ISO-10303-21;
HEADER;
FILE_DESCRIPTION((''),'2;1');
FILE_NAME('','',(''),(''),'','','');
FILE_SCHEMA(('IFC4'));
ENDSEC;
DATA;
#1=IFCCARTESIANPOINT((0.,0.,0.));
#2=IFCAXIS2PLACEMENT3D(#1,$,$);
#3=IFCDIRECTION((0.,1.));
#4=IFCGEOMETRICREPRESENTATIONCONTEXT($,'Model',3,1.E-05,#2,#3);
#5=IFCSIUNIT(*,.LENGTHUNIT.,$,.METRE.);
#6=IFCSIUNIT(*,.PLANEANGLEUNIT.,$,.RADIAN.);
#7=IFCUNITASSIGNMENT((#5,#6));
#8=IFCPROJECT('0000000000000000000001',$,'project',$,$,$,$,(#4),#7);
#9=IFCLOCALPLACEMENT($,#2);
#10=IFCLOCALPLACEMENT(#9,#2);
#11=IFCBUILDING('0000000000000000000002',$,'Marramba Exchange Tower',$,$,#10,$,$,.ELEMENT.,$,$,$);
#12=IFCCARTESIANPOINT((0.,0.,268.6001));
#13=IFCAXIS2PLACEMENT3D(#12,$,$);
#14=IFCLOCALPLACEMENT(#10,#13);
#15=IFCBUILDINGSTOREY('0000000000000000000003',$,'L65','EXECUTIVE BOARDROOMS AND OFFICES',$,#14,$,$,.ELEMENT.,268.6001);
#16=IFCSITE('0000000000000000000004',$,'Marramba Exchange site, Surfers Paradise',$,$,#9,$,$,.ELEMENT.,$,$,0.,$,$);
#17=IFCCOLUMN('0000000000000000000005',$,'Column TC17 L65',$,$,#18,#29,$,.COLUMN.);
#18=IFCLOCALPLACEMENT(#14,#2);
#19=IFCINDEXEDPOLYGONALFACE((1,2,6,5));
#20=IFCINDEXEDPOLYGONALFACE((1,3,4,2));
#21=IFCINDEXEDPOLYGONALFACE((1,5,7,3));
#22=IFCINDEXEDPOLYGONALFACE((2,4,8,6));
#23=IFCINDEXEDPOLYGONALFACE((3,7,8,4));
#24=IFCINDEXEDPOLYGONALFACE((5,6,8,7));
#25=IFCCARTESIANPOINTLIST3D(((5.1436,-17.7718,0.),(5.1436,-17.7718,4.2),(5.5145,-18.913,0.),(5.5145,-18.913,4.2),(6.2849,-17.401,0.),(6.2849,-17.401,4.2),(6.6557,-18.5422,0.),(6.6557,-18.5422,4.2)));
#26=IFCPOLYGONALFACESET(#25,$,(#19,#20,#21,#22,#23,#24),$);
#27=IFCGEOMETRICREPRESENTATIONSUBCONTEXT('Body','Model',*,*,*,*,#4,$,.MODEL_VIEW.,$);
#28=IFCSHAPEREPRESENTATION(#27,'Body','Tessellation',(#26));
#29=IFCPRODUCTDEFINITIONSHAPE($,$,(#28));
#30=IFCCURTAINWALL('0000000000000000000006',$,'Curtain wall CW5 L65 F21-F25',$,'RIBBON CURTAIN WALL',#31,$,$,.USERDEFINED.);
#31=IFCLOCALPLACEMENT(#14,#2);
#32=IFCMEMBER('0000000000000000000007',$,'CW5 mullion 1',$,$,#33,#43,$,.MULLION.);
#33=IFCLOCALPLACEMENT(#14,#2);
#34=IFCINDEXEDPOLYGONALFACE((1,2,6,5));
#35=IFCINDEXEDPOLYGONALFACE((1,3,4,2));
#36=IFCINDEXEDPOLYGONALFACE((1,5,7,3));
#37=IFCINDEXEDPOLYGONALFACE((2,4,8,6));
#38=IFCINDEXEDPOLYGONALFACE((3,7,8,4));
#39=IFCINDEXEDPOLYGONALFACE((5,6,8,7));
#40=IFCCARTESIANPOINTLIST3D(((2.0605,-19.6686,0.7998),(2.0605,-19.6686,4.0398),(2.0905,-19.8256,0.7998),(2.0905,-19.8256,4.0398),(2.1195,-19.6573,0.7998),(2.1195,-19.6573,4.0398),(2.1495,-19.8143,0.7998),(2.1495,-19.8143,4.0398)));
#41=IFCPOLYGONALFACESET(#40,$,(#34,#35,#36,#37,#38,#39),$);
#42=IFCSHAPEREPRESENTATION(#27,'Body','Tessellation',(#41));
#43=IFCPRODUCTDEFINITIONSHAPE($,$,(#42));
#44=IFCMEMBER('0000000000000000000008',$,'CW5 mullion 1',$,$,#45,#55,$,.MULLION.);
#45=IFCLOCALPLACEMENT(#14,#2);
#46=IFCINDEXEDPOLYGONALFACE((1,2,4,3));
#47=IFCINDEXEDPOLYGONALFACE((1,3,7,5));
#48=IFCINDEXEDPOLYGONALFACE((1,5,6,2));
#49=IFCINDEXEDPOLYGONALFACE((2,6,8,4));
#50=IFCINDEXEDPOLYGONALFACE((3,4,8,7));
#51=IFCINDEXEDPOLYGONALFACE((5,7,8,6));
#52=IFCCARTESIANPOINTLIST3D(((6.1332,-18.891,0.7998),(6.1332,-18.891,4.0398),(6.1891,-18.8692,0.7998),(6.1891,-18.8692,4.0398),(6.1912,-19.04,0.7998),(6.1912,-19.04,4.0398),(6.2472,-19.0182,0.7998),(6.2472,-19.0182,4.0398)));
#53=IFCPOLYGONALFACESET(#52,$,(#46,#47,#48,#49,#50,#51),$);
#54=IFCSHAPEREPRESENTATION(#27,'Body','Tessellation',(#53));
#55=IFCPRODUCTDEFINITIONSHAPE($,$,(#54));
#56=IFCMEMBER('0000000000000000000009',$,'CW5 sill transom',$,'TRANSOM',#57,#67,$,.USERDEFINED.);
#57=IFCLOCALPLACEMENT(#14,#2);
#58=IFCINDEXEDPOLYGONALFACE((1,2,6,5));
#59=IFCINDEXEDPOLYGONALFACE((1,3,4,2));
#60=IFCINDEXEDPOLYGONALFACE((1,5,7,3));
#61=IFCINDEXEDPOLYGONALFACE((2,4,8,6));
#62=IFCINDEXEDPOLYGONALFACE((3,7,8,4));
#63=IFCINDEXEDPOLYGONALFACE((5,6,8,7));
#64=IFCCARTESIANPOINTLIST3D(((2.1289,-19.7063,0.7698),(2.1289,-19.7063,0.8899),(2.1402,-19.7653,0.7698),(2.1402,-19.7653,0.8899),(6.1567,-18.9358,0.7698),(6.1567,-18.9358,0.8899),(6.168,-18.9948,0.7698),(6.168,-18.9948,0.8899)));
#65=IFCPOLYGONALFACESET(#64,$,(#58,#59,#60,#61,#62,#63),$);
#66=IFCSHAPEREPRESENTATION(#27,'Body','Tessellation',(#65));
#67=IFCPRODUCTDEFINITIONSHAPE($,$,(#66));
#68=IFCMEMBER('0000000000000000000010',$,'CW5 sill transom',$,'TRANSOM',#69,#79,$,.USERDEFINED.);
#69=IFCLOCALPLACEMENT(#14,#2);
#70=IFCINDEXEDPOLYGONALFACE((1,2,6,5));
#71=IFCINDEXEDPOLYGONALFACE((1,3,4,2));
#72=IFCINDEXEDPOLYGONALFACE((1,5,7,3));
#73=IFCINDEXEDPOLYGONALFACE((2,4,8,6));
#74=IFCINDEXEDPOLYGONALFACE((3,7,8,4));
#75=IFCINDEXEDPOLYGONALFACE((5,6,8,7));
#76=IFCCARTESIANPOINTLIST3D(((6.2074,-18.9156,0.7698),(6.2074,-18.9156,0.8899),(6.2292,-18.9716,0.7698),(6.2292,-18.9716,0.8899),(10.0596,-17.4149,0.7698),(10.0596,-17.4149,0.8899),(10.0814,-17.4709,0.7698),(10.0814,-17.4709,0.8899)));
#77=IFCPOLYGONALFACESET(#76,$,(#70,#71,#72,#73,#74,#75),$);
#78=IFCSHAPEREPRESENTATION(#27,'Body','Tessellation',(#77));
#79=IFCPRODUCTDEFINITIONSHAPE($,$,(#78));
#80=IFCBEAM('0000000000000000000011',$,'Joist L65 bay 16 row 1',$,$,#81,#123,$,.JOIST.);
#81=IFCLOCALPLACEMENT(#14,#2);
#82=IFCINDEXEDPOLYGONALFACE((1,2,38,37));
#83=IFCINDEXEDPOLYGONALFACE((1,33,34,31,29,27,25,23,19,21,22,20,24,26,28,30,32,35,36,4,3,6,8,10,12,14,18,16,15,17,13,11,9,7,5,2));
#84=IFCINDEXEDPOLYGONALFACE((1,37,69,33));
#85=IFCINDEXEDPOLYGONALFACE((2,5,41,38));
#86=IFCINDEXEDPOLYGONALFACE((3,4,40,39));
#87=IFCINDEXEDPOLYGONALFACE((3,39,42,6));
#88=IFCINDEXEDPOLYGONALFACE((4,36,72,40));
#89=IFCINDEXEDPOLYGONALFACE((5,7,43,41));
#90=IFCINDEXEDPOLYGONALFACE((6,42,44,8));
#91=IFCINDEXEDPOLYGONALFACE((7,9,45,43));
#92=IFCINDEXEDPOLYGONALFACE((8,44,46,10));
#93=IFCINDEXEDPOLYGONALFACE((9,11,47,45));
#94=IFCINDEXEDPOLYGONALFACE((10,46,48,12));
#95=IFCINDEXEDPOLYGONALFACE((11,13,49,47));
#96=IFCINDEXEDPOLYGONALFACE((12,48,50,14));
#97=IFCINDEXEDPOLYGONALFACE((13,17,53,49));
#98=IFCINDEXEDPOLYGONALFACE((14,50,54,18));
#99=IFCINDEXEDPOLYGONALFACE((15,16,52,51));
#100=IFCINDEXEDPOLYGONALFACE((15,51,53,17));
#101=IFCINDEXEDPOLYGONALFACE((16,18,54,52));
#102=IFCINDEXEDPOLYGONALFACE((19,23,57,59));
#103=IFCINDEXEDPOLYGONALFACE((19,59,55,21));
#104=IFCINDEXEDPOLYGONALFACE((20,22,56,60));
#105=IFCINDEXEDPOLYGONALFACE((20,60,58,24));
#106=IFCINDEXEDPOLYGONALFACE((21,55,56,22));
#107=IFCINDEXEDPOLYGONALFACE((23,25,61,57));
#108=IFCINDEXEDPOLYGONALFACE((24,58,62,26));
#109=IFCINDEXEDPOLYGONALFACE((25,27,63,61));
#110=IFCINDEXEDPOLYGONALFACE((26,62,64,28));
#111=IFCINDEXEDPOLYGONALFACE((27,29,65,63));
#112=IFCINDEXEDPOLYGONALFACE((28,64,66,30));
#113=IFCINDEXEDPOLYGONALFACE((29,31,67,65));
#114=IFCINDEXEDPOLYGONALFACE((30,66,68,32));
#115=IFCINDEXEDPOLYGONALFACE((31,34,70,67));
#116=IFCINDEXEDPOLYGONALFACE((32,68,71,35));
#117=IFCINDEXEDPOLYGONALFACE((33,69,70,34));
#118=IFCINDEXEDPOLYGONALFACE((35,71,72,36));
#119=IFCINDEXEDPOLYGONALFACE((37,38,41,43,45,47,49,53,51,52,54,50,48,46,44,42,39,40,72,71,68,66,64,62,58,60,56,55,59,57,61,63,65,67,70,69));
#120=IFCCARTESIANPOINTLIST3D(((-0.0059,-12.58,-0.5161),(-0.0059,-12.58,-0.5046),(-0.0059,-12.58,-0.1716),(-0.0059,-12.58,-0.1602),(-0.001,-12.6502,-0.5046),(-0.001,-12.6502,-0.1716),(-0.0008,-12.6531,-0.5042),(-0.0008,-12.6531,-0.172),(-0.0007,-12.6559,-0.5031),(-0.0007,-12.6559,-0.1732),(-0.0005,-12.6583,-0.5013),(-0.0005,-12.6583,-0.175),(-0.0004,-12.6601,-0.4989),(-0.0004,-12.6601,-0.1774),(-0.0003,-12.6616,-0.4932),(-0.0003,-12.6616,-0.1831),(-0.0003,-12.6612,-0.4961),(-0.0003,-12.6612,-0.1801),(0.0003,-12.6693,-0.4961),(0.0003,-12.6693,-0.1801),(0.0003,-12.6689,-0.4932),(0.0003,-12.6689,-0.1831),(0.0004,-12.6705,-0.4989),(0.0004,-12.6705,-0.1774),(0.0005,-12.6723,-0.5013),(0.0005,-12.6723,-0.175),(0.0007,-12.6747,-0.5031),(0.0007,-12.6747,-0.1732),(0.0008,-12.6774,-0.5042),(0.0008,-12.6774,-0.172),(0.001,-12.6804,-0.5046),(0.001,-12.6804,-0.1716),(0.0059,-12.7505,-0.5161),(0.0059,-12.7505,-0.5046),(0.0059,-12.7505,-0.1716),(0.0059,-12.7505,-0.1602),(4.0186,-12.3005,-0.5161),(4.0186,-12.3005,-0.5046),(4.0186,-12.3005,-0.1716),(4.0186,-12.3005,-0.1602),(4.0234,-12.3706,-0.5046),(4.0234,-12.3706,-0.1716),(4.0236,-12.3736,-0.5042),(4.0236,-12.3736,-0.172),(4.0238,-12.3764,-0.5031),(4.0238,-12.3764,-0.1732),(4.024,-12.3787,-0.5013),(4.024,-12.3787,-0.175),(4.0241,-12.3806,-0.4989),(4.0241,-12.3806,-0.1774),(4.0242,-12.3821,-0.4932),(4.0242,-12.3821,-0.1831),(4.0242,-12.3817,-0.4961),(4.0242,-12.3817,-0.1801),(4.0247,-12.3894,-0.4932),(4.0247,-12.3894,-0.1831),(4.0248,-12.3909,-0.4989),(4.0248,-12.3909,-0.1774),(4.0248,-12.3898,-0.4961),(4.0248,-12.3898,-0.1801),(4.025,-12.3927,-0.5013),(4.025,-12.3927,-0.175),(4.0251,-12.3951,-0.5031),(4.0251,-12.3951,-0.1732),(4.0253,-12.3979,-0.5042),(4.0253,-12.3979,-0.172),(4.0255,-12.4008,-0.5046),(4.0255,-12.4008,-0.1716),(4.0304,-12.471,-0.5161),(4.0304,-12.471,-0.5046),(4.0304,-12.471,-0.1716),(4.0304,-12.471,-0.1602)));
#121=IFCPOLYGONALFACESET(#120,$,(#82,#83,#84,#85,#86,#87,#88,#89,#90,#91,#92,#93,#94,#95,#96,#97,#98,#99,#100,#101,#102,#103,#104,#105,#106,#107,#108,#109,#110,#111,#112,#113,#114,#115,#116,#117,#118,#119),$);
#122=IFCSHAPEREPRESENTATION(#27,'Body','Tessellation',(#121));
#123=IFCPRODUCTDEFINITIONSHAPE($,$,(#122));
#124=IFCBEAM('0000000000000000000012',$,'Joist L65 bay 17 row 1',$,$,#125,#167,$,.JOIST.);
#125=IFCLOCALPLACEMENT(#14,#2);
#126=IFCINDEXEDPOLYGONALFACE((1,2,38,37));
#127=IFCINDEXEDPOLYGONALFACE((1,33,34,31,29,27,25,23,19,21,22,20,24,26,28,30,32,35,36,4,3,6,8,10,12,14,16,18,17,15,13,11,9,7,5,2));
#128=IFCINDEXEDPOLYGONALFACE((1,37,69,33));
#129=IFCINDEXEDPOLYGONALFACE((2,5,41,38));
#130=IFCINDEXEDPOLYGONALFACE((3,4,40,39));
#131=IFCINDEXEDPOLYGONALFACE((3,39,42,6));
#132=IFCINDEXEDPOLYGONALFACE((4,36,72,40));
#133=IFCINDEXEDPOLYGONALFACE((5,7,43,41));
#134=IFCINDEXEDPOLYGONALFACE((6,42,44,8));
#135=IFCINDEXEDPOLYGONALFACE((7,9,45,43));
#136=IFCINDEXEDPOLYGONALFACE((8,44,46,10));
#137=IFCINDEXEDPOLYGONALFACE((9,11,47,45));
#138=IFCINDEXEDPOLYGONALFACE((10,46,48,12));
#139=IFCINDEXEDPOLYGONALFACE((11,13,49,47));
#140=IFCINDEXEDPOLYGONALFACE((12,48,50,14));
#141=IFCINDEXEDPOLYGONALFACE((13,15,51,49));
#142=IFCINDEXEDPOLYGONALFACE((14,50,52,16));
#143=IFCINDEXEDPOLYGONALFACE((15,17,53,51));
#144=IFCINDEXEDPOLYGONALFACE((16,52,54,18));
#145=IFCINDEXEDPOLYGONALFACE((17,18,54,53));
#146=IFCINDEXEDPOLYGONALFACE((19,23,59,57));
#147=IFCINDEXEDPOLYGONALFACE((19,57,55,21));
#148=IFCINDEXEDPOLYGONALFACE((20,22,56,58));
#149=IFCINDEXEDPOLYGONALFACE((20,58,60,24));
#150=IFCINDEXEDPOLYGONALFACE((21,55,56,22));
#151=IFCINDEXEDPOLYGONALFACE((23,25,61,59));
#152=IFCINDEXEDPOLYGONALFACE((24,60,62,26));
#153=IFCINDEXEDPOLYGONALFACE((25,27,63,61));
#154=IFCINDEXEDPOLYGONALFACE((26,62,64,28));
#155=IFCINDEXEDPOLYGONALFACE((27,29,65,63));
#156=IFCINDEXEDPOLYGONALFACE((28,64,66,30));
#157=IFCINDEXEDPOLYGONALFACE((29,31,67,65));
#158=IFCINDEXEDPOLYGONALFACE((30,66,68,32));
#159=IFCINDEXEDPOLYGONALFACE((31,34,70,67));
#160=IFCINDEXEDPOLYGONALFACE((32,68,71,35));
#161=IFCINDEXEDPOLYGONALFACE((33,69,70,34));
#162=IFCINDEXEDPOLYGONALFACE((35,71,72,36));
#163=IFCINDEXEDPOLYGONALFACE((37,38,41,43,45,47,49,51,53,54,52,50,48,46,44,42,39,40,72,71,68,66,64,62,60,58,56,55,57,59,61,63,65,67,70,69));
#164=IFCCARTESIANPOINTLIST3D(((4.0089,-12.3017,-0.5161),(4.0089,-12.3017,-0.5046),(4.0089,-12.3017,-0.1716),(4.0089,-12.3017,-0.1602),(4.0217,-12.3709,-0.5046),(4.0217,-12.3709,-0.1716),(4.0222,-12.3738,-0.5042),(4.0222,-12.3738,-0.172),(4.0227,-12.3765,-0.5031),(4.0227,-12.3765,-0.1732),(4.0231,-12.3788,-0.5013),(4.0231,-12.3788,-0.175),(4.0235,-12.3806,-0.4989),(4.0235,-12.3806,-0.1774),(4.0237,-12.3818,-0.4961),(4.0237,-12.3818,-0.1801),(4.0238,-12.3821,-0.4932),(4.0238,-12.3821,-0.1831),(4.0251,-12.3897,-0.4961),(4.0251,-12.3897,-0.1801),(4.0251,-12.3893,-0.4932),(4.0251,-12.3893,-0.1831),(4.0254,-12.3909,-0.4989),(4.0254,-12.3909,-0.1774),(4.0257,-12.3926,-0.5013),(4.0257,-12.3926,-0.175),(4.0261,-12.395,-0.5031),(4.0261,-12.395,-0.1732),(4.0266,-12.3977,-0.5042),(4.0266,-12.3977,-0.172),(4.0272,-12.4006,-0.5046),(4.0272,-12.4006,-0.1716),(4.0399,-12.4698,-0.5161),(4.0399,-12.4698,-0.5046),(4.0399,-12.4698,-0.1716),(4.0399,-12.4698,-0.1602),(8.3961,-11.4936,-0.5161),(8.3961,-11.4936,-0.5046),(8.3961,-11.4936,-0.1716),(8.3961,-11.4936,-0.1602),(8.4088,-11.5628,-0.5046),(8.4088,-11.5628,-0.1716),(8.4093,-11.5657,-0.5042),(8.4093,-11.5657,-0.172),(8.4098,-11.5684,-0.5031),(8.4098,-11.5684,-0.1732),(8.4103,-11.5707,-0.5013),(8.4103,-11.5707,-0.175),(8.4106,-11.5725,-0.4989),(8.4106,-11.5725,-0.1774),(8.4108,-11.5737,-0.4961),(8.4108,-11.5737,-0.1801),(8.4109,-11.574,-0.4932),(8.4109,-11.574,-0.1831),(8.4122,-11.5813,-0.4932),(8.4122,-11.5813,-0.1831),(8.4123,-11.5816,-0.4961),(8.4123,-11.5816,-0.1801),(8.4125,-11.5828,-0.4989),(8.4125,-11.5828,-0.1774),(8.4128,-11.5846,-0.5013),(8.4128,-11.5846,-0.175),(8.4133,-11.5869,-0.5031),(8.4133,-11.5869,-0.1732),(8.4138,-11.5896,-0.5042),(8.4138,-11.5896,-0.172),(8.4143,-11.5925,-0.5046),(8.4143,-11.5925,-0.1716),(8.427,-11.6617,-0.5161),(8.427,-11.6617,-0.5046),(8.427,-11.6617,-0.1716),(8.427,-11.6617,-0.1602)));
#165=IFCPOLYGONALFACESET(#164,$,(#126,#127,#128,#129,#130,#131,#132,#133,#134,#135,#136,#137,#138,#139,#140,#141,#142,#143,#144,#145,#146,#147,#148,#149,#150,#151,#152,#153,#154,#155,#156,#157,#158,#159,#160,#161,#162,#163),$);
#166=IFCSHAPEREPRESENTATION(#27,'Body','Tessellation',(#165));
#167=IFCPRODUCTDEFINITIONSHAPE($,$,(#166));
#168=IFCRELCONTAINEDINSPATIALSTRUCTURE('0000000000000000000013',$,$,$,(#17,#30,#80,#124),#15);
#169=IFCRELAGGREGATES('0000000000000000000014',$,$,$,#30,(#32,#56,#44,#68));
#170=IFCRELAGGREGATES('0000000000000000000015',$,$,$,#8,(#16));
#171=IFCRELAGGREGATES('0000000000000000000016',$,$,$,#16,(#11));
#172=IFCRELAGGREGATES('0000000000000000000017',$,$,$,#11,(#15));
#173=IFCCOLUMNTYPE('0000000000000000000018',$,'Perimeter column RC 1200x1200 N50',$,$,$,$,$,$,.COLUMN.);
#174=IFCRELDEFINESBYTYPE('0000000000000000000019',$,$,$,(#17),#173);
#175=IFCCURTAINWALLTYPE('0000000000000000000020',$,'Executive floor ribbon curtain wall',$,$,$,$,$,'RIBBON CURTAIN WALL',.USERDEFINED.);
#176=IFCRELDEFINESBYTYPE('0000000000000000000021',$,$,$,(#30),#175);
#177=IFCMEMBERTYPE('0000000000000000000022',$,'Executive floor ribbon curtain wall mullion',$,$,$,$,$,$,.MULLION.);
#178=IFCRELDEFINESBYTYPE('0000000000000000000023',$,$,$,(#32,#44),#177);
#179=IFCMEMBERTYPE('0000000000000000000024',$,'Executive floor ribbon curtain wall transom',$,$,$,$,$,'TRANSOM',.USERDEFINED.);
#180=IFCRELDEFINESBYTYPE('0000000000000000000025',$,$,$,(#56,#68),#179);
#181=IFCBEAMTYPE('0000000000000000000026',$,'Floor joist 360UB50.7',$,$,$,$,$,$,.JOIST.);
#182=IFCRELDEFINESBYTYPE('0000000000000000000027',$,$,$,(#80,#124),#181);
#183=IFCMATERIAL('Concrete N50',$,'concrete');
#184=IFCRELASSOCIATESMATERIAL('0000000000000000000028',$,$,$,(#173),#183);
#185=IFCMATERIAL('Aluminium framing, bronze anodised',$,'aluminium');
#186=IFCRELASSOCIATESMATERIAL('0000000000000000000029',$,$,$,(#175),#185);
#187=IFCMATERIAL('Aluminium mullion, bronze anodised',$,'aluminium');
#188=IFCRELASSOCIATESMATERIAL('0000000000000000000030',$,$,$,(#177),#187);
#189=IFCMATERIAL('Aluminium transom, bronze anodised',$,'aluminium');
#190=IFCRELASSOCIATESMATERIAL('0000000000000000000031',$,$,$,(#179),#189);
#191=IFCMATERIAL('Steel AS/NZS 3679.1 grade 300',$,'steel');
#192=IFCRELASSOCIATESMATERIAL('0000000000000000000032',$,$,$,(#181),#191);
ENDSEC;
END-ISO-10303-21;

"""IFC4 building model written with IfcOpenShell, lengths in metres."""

from ifc_helpers import new_model, si_unit, direction, frame, origin, origin_2d, place, context, subcontext, project, spatial, rectangle, i_section, extrude, material, material_profile, profile_set, type_object, element, aggregate, save


model = new_model("IFC4")

# Units and contexts
model_context = context("Model", 3, precision=1e-05, world=origin(), true_north=direction((0.0, 1.0)))
body_context = subcontext(model_context, "Body", "Model", "MODEL_VIEW")
ifc_project = project(units=[si_unit("LENGTHUNIT", "METRE"), si_unit("PLANEANGLEUNIT", "RADIAN")], contexts=[model_context])

# Site, building, storey
site_placement = place(None, origin())
site = spatial("IfcSite", under=ifc_project, at=site_placement, Name="Marramba Exchange site, Surfers Paradise", CompositionType="ELEMENT", RefElevation=0.0)
building_placement = place(site_placement, origin())
building = spatial("IfcBuilding", under=site, at=building_placement, Name="Marramba Exchange Tower", CompositionType="ELEMENT")
storey_placement = place(building_placement, frame((0.0, 0.0, 268.6001)))
storey = spatial("IfcBuildingStorey", under=building, at=storey_placement, Name="L65", Description="EXECUTIVE BOARDROOMS AND OFFICES", CompositionType="ELEMENT", Elevation=268.6001)

# Column
ifc_material_1 = material(Name="Concrete N50", Category="concrete")
ifc_material_profile_1 = material_profile(ifc_material_1, rectangle(XDim=1.2, YDim=1.2, at=origin_2d()), Name="RC 1200x1200")
ifc_profile_set_1 = profile_set([ifc_material_profile_1], Name="Concrete N50")
column_type = type_object("IfcColumnType", Name="Perimeter column RC 1200x1200 N50", PredefinedType="COLUMN", material=ifc_profile_set_1)
column_placement = place(storey_placement, frame((5.8997, -18.157, 0.0), z_axis=(0.0, 0.0, 1.0), x_axis=(0.309017, -0.951057, 0.0)))
element("IfcColumn", 1, at=column_placement, inside=storey, type_object=column_type, Name="Column TC17 L65", PredefinedType="COLUMN", context=body_context, shape_type="SweptSolid", body=[
    extrude(rectangle(XDim=1.2, YDim=1.2, at=origin_2d()), origin(), (0.0, 0.0, 1.0), 4.2),
])

# Curtain wall, members
ifc_material_2 = material(Name="Aluminium framing, bronze anodised", Category="aluminium")
curtain_wall_type = type_object("IfcCurtainWallType", Name="Executive floor ribbon curtain wall", ElementType="RIBBON CURTAIN WALL", PredefinedType="USERDEFINED", material=ifc_material_2)
curtain_wall_placement = place(storey_placement, origin())
curtain_wall = element("IfcCurtainWall", 2, at=curtain_wall_placement, inside=storey, type_object=curtain_wall_type, Name="Curtain wall CW5 L65 F21-F25", ObjectType="RIBBON CURTAIN WALL", PredefinedType="USERDEFINED")
ifc_material_3 = material(Name="Aluminium mullion, bronze anodised", Category="aluminium")
ifc_material_profile_2 = material_profile(ifc_material_3, rectangle(XDim=0.1599, YDim=0.0601, at=origin_2d()), Name="CW5 mullion 60x160")
ifc_profile_set_2 = profile_set([ifc_material_profile_2], Name="Aluminium mullion, bronze anodised")
member_type_1 = type_object("IfcMemberType", Name="Executive floor ribbon curtain wall mullion", PredefinedType="MULLION", material=ifc_profile_set_2)
member_1_placement = place(storey_placement, frame((2.105, -19.7415, 0.7998), z_axis=(0.0, 0.0, 1.0), x_axis=(-0.187873, 0.982193, 0.0)))
member_1 = element("IfcMember", 3, at=member_1_placement, type_object=member_type_1, Name="CW5 mullion 1", PredefinedType="MULLION", context=body_context, shape_type="SweptSolid", body=[
    extrude(rectangle(XDim=0.1599, YDim=0.0601, at=origin_2d()), origin(), (0.0, 0.0, 1.0), 3.24),
])
member_2_placement = place(storey_placement, frame((6.1902, -18.9546, 0.7998), z_axis=(0.0, 0.0, 1.0), x_axis=(-0.36301, 0.931785, 0.0)))
member_2 = element("IfcMember", 4, at=member_2_placement, type_object=member_type_1, Name="CW5 mullion 1", PredefinedType="MULLION", context=body_context, shape_type="SweptSolid", body=[
    extrude(rectangle(XDim=0.1599, YDim=0.0601, at=origin_2d()), origin(), (0.0, 0.0, 1.0), 3.24),
])
ifc_material_4 = material(Name="Aluminium transom, bronze anodised", Category="aluminium")
ifc_material_profile_3 = material_profile(ifc_material_4, rectangle(XDim=0.0601, YDim=0.1201, at=origin_2d()), Name="CW5 transom 60x120")
ifc_profile_set_3 = profile_set([ifc_material_profile_3], Name="Aluminium transom, bronze anodised")
member_type_2 = type_object("IfcMemberType", Name="Executive floor ribbon curtain wall transom", ElementType="TRANSOM", PredefinedType="USERDEFINED", material=ifc_profile_set_3)
member_3_placement = place(storey_placement, frame((2.1345, -19.7358, 0.8298), z_axis=(0.98219, 0.187889, 0.0), x_axis=(-0.187889, 0.98219, 0.0)))
member_3 = element("IfcMember", 5, at=member_3_placement, type_object=member_type_2, Name="CW5 sill transom", ObjectType="TRANSOM", PredefinedType="USERDEFINED", context=body_context, shape_type="SweptSolid", body=[
    extrude(rectangle(XDim=0.0601, YDim=0.1201, at=origin_2d()), origin(), (0.0, 0.0, 1.0), 4.1008),
])
member_4_placement = place(storey_placement, frame((6.2183, -18.9436, 0.8298), z_axis=(0.931791, 0.362996, 0.0), x_axis=(-0.362996, 0.931791, 0.0)))
member_4 = element("IfcMember", 6, at=member_4_placement, type_object=member_type_2, Name="CW5 sill transom", ObjectType="TRANSOM", PredefinedType="USERDEFINED", context=body_context, shape_type="SweptSolid", body=[
    extrude(rectangle(XDim=0.0601, YDim=0.1201, at=origin_2d()), origin(), (0.0, 0.0, 1.0), 4.1343),
])

# Beams
ifc_material_5 = material(Name="Steel AS/NZS 3679.1 grade 300", Category="steel")
ifc_material_profile_4 = material_profile(ifc_material_5, i_section(OverallWidth=0.1709, OverallDepth=0.356, WebThickness=0.0073, FlangeThickness=0.0115, FilletRadius=0.0115, at=origin_2d()), Name="360UB50.7")
ifc_profile_set_4 = profile_set([ifc_material_profile_4], Name="Steel AS/NZS 3679.1 grade 300")
beam_type_1 = type_object("IfcBeamType", Name="Floor joist 360UB50.7", PredefinedType="JOIST", material=ifc_profile_set_4)
beam_1_placement = place(storey_placement, frame((0.0, -12.6653, -0.3381), z_axis=(0.997596, 0.069294, 0.0), x_axis=(-0.069294, 0.997596, 0.0)))
element("IfcBeam", 7, at=beam_1_placement, inside=storey, type_object=beam_type_1, Name="Joist L65 bay 16 row 1", PredefinedType="JOIST", context=body_context, shape_type="SweptSolid", body=[
    extrude(i_section(OverallWidth=0.1709, OverallDepth=0.356, WebThickness=0.0073, FlangeThickness=0.0115, FilletRadius=0.0115, at=origin_2d()), origin(), (0.0, 0.0, 1.0), 4.0342),
])
beam_2_placement = place(storey_placement, frame((4.0244, -12.3857, -0.3381), z_axis=(0.983456, 0.181149, 0.0), x_axis=(-0.181149, 0.983456, 0.0)))
element("IfcBeam", 8, at=beam_2_placement, inside=storey, type_object=beam_type_1, Name="Joist L65 bay 17 row 1", PredefinedType="JOIST", context=body_context, shape_type="SweptSolid", body=[
    extrude(i_section(OverallWidth=0.1709, OverallDepth=0.356, WebThickness=0.0073, FlangeThickness=0.0115, FilletRadius=0.0115, at=origin_2d()), origin(), (0.0, 0.0, 1.0), 4.4609),
])

aggregate(curtain_wall, [member_1, member_3, member_2, member_4])

save(model, "model.ifc")
